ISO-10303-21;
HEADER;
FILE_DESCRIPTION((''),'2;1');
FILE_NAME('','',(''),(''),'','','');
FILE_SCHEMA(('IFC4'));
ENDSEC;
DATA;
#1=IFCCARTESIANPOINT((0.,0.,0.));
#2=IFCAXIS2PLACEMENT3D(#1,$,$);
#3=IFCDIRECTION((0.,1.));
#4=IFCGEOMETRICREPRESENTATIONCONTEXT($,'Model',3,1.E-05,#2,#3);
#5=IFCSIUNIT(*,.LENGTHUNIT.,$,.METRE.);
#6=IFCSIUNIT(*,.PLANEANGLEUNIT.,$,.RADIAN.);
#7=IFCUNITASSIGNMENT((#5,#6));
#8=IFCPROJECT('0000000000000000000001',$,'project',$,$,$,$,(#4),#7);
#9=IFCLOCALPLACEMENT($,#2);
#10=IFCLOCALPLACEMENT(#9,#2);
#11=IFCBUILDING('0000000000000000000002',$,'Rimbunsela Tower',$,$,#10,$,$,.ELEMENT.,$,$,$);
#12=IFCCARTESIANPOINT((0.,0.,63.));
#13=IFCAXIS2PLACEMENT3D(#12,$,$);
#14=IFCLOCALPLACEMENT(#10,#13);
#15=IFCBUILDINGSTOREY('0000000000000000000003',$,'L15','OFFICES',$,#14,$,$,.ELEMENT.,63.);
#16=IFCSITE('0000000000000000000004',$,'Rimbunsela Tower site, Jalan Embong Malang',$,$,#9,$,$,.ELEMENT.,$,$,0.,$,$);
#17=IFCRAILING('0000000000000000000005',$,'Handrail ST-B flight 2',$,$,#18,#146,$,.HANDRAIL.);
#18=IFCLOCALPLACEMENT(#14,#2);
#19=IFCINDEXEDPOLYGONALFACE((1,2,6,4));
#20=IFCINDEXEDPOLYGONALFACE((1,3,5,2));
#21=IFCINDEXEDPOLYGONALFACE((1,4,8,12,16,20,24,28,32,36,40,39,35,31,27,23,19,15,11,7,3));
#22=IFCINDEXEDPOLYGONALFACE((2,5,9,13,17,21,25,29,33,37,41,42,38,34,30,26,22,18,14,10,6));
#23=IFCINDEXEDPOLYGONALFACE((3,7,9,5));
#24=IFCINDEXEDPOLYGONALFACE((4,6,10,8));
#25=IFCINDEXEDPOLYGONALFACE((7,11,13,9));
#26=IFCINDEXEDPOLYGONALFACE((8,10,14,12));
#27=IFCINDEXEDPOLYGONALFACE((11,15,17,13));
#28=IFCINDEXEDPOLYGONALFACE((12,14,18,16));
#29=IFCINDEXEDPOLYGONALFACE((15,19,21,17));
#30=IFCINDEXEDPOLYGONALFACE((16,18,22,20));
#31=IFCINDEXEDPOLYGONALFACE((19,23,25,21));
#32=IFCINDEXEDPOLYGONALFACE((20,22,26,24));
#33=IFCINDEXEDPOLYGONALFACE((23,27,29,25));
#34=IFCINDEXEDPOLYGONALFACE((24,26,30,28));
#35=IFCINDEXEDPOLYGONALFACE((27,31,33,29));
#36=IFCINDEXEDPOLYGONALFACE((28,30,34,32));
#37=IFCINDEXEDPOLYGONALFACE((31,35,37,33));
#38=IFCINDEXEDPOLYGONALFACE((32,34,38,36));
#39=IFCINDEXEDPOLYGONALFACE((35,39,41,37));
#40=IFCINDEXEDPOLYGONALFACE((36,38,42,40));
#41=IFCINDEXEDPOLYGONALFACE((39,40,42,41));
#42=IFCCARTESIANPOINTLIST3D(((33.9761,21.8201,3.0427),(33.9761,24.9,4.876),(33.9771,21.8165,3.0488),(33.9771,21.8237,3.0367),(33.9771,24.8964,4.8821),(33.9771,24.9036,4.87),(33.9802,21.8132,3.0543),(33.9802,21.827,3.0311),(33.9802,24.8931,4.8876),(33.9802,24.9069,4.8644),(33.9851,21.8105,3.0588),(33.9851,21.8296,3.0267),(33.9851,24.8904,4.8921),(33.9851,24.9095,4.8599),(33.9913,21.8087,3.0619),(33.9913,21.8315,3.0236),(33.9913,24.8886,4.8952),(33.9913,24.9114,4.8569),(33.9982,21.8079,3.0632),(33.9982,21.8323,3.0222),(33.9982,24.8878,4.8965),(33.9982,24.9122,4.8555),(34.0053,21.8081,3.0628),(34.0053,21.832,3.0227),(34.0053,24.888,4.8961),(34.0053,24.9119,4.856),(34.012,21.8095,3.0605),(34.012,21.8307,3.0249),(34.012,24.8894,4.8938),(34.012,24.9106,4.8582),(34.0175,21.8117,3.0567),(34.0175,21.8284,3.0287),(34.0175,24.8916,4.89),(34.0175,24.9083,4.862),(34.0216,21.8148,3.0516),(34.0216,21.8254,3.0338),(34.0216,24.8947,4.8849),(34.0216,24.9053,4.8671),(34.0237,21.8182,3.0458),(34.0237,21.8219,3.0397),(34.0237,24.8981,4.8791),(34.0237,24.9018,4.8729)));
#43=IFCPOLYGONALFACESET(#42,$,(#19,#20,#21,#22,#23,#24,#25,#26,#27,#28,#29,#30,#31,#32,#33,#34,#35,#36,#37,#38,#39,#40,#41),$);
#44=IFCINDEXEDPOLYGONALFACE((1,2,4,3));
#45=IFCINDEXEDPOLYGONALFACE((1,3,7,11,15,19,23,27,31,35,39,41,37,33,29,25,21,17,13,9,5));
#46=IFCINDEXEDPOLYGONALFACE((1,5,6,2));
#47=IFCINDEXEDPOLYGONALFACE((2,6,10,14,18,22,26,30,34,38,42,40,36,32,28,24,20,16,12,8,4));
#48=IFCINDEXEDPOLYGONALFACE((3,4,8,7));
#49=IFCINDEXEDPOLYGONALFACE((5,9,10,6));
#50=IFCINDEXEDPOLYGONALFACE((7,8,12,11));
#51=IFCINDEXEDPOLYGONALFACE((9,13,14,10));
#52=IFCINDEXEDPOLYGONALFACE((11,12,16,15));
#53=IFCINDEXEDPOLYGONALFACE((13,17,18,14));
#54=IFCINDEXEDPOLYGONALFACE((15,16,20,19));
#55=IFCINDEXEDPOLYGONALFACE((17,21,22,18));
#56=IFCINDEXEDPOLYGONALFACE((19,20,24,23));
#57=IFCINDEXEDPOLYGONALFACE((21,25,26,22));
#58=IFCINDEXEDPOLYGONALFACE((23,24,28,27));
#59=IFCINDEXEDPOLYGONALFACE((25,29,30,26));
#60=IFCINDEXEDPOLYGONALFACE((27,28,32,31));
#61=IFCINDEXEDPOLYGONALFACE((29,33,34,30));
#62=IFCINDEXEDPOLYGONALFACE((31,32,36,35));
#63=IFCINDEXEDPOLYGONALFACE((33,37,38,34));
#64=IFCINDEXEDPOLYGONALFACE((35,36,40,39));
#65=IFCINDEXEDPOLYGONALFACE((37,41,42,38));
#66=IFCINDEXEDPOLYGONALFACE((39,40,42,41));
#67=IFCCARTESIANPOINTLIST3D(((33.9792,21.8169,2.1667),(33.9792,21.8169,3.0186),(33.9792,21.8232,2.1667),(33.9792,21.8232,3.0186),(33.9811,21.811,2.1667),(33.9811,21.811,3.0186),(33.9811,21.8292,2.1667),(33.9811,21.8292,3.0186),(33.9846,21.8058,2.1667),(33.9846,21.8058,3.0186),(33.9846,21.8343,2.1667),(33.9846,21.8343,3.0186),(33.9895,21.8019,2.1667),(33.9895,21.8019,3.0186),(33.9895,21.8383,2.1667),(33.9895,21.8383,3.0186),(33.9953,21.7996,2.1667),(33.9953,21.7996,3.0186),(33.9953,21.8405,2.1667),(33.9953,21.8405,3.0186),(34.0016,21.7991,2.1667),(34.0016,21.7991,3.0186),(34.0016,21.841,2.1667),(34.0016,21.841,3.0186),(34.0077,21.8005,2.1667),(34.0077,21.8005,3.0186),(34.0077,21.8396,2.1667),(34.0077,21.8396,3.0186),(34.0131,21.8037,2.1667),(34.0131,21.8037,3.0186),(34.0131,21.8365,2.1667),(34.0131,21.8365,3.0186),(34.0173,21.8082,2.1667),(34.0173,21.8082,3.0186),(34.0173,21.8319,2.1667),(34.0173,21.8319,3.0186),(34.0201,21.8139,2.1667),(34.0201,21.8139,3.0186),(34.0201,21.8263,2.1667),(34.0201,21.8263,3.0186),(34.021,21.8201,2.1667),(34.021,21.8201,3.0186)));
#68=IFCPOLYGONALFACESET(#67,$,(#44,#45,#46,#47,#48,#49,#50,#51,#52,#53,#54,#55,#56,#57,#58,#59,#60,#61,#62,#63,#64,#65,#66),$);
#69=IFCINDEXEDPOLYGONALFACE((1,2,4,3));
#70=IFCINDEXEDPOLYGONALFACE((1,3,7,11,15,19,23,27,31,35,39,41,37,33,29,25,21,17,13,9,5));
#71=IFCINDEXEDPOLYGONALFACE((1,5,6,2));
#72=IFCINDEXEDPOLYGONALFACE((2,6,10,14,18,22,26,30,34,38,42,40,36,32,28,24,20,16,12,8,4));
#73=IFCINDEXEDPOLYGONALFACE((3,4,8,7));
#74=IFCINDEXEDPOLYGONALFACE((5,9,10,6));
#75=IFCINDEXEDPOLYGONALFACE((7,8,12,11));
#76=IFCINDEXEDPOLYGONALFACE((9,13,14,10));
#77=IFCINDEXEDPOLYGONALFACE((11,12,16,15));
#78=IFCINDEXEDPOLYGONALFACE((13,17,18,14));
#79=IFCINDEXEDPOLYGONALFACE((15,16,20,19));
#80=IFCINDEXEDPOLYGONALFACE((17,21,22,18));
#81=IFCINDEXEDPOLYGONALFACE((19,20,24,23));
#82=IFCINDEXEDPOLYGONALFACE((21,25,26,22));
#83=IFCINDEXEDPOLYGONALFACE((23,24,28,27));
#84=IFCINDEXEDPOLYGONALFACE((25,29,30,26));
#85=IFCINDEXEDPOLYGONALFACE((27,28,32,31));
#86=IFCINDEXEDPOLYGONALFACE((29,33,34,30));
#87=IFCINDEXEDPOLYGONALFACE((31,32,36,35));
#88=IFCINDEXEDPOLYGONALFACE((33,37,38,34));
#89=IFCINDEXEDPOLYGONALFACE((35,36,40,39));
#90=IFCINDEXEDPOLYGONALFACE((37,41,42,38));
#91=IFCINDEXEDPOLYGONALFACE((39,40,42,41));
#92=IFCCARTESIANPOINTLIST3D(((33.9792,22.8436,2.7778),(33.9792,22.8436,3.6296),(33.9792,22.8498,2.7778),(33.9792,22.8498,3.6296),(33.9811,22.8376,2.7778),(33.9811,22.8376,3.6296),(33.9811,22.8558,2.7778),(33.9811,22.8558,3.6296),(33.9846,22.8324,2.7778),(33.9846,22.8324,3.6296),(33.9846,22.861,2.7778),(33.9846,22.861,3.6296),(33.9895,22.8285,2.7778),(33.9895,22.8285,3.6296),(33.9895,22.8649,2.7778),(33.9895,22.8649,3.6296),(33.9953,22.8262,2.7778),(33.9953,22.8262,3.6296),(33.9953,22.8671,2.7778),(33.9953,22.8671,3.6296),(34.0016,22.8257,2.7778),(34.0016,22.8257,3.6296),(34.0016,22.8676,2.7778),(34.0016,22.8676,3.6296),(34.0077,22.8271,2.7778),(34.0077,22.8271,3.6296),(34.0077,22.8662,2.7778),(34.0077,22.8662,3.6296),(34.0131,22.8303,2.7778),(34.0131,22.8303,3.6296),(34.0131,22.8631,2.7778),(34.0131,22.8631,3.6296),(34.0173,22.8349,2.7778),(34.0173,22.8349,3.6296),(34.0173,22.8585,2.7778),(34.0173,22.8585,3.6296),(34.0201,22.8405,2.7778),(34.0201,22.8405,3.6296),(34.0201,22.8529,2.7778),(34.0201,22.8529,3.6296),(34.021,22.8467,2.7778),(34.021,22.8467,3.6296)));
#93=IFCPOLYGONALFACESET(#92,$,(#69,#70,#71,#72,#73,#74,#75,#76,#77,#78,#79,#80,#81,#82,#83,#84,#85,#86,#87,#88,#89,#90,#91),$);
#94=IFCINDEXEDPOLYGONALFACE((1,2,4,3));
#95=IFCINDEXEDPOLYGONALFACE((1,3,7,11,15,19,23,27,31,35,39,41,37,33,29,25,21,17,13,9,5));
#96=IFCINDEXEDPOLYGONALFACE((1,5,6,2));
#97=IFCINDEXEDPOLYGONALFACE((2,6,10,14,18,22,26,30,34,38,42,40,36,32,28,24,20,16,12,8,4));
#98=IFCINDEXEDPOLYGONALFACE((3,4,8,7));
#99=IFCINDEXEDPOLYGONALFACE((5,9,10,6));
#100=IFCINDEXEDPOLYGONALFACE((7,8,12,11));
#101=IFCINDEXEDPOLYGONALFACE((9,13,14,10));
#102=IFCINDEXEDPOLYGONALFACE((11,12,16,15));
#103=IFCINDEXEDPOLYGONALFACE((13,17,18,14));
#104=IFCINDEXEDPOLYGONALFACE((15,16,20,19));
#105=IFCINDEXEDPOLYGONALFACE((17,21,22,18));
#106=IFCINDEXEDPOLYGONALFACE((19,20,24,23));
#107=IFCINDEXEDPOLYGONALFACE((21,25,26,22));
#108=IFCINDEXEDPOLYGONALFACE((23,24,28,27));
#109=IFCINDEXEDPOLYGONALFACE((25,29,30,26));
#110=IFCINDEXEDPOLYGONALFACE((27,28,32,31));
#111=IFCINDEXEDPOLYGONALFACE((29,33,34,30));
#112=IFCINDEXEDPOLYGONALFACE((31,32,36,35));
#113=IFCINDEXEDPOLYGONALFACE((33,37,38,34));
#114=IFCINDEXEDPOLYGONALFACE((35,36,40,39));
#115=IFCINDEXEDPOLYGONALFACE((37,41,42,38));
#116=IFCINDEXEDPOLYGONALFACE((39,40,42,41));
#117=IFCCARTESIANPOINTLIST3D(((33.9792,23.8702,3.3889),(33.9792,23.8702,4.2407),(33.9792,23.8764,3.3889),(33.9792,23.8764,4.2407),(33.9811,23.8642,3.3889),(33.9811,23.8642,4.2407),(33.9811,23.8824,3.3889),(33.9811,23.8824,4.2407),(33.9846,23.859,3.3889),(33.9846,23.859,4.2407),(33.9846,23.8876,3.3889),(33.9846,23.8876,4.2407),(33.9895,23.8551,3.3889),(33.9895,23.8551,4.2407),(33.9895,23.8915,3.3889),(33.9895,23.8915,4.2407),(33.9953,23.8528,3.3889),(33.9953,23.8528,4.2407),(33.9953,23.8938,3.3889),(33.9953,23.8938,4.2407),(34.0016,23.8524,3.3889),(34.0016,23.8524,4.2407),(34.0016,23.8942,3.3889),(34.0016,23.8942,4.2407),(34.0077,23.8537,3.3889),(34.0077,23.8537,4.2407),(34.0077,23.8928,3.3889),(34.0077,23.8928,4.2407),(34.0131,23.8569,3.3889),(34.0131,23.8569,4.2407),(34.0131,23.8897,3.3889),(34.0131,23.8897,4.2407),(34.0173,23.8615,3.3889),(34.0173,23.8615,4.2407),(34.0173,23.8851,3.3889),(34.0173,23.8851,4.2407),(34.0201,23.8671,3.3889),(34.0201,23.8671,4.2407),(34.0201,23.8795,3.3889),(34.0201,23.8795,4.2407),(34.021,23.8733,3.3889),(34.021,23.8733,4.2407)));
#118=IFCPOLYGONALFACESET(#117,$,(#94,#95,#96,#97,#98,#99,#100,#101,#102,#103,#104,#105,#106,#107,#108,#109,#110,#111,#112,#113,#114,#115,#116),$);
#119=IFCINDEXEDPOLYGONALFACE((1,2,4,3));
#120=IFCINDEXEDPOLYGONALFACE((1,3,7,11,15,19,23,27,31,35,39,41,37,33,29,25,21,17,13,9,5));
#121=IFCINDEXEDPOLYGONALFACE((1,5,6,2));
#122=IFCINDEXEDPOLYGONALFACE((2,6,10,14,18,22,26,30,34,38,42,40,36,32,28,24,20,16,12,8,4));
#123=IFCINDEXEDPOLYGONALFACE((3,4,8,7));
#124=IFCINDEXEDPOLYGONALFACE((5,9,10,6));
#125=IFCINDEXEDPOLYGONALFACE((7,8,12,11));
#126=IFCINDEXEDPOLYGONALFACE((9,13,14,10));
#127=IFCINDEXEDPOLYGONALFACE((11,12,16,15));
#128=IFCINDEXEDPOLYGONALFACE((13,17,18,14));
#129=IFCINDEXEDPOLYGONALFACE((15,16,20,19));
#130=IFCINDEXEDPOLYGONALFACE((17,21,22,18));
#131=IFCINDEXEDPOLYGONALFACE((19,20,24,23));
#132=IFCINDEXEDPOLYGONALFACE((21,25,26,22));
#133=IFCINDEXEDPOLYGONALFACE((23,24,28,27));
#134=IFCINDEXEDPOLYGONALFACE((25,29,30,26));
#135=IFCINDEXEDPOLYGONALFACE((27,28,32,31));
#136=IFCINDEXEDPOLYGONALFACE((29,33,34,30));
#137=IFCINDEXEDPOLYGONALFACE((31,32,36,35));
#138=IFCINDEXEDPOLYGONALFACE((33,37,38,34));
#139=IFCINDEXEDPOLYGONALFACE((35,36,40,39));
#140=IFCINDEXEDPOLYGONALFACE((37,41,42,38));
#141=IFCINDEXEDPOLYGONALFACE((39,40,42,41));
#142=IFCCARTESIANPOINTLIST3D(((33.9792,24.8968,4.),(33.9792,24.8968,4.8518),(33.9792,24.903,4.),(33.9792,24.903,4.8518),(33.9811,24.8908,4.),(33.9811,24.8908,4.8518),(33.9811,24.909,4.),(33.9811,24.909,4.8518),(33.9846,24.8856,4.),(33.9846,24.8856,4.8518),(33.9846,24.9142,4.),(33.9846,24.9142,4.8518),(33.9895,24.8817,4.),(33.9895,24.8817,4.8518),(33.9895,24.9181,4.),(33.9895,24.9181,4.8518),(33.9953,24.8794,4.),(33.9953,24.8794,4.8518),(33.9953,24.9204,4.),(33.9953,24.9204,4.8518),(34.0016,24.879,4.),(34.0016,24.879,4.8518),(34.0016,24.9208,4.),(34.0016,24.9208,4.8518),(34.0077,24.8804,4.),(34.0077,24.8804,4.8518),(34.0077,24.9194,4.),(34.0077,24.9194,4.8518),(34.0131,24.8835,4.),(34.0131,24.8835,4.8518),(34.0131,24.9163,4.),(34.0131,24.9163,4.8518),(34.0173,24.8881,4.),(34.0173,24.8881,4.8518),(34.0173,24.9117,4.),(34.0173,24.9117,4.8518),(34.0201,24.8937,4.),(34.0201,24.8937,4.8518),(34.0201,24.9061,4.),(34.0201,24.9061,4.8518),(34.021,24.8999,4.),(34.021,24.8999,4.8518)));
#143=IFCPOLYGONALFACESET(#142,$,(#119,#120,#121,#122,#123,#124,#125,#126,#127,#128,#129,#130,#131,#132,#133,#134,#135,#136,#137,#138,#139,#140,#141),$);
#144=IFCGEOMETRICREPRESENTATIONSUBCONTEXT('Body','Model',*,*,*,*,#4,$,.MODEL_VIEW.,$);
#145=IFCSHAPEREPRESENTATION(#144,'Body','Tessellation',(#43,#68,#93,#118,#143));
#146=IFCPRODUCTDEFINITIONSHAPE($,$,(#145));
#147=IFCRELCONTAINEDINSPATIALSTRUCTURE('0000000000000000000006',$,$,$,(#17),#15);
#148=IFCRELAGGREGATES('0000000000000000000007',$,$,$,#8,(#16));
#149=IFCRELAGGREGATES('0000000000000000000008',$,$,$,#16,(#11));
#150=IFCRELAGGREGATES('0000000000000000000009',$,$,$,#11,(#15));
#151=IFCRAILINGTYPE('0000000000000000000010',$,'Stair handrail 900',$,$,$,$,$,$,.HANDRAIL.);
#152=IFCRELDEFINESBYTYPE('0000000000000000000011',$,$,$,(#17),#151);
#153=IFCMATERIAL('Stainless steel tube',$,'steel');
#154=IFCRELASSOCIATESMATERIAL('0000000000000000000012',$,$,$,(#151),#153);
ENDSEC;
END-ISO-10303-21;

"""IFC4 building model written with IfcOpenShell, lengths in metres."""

from ifc_helpers import new_model, si_unit, direction, frame, origin, origin_2d, place, context, subcontext, project, spatial, circle, extrude, material, type_object, element, save


model = new_model("IFC4")

# Units and contexts
model_context = context("Model", 3, precision=1e-05, world=origin(), true_north=direction((0.0, 1.0)))
body_context = subcontext(model_context, "Body", "Model", "MODEL_VIEW")
ifc_project = project(units=[si_unit("LENGTHUNIT", "METRE"), si_unit("PLANEANGLEUNIT", "RADIAN")], contexts=[model_context])

# Site, building, storey
site_placement = place(None, origin())
site = spatial("IfcSite", under=ifc_project, at=site_placement, Name="Rimbunsela Tower site, Jalan Embong Malang", CompositionType="ELEMENT", RefElevation=0.0)
building_placement = place(site_placement, origin())
building = spatial("IfcBuilding", under=site, at=building_placement, Name="Rimbunsela Tower", CompositionType="ELEMENT")
storey_placement = place(building_placement, frame((0.0, 0.0, 63.0)))
storey = spatial("IfcBuildingStorey", under=building, at=storey_placement, Name="L15", Description="OFFICES", CompositionType="ELEMENT", Elevation=63.0)

# Railing
ifc_material_1 = material(Name="Stainless steel tube", Category="steel")
railing_type = type_object("IfcRailingType", Name="Stair handrail 900", PredefinedType="HANDRAIL", material=ifc_material_1)
for number, where, name in (
    (1, (34.0, 21.8201, 2.1667), "Handrail ST-B flight 2"),
):
    element("IfcRailing", number, at=place(storey_placement, frame(where)), inside=storey, type_object=railing_type, Name=name, PredefinedType="HANDRAIL", context=body_context, shape_type="SweptSolid", body=[
        extrude(circle(Radius=0.0239, at=origin_2d()), frame((0.0, 0.0, 0.876), z_axis=(0.0, 0.859291, 0.511487), x_axis=(-1.0, 0.0, 0.0)), (0.0, 0.0, 1.0), 3.5842),
        extrude(circle(Radius=0.021, at=origin_2d()), origin(), (0.0, 0.0, 1.0), 0.8518),
        extrude(circle(Radius=0.021, at=origin_2d()), frame((0.0, 1.0266, 0.6111)), (0.0, 0.0, 1.0), 0.8518),
        extrude(circle(Radius=0.021, at=origin_2d()), frame((0.0, 2.0532, 1.2222)), (0.0, 0.0, 1.0), 0.8518),
        extrude(circle(Radius=0.021, at=origin_2d()), frame((0.0, 3.0798, 1.8333)), (0.0, 0.0, 1.0), 0.8518),
    ])

save(model, "model.ifc")
